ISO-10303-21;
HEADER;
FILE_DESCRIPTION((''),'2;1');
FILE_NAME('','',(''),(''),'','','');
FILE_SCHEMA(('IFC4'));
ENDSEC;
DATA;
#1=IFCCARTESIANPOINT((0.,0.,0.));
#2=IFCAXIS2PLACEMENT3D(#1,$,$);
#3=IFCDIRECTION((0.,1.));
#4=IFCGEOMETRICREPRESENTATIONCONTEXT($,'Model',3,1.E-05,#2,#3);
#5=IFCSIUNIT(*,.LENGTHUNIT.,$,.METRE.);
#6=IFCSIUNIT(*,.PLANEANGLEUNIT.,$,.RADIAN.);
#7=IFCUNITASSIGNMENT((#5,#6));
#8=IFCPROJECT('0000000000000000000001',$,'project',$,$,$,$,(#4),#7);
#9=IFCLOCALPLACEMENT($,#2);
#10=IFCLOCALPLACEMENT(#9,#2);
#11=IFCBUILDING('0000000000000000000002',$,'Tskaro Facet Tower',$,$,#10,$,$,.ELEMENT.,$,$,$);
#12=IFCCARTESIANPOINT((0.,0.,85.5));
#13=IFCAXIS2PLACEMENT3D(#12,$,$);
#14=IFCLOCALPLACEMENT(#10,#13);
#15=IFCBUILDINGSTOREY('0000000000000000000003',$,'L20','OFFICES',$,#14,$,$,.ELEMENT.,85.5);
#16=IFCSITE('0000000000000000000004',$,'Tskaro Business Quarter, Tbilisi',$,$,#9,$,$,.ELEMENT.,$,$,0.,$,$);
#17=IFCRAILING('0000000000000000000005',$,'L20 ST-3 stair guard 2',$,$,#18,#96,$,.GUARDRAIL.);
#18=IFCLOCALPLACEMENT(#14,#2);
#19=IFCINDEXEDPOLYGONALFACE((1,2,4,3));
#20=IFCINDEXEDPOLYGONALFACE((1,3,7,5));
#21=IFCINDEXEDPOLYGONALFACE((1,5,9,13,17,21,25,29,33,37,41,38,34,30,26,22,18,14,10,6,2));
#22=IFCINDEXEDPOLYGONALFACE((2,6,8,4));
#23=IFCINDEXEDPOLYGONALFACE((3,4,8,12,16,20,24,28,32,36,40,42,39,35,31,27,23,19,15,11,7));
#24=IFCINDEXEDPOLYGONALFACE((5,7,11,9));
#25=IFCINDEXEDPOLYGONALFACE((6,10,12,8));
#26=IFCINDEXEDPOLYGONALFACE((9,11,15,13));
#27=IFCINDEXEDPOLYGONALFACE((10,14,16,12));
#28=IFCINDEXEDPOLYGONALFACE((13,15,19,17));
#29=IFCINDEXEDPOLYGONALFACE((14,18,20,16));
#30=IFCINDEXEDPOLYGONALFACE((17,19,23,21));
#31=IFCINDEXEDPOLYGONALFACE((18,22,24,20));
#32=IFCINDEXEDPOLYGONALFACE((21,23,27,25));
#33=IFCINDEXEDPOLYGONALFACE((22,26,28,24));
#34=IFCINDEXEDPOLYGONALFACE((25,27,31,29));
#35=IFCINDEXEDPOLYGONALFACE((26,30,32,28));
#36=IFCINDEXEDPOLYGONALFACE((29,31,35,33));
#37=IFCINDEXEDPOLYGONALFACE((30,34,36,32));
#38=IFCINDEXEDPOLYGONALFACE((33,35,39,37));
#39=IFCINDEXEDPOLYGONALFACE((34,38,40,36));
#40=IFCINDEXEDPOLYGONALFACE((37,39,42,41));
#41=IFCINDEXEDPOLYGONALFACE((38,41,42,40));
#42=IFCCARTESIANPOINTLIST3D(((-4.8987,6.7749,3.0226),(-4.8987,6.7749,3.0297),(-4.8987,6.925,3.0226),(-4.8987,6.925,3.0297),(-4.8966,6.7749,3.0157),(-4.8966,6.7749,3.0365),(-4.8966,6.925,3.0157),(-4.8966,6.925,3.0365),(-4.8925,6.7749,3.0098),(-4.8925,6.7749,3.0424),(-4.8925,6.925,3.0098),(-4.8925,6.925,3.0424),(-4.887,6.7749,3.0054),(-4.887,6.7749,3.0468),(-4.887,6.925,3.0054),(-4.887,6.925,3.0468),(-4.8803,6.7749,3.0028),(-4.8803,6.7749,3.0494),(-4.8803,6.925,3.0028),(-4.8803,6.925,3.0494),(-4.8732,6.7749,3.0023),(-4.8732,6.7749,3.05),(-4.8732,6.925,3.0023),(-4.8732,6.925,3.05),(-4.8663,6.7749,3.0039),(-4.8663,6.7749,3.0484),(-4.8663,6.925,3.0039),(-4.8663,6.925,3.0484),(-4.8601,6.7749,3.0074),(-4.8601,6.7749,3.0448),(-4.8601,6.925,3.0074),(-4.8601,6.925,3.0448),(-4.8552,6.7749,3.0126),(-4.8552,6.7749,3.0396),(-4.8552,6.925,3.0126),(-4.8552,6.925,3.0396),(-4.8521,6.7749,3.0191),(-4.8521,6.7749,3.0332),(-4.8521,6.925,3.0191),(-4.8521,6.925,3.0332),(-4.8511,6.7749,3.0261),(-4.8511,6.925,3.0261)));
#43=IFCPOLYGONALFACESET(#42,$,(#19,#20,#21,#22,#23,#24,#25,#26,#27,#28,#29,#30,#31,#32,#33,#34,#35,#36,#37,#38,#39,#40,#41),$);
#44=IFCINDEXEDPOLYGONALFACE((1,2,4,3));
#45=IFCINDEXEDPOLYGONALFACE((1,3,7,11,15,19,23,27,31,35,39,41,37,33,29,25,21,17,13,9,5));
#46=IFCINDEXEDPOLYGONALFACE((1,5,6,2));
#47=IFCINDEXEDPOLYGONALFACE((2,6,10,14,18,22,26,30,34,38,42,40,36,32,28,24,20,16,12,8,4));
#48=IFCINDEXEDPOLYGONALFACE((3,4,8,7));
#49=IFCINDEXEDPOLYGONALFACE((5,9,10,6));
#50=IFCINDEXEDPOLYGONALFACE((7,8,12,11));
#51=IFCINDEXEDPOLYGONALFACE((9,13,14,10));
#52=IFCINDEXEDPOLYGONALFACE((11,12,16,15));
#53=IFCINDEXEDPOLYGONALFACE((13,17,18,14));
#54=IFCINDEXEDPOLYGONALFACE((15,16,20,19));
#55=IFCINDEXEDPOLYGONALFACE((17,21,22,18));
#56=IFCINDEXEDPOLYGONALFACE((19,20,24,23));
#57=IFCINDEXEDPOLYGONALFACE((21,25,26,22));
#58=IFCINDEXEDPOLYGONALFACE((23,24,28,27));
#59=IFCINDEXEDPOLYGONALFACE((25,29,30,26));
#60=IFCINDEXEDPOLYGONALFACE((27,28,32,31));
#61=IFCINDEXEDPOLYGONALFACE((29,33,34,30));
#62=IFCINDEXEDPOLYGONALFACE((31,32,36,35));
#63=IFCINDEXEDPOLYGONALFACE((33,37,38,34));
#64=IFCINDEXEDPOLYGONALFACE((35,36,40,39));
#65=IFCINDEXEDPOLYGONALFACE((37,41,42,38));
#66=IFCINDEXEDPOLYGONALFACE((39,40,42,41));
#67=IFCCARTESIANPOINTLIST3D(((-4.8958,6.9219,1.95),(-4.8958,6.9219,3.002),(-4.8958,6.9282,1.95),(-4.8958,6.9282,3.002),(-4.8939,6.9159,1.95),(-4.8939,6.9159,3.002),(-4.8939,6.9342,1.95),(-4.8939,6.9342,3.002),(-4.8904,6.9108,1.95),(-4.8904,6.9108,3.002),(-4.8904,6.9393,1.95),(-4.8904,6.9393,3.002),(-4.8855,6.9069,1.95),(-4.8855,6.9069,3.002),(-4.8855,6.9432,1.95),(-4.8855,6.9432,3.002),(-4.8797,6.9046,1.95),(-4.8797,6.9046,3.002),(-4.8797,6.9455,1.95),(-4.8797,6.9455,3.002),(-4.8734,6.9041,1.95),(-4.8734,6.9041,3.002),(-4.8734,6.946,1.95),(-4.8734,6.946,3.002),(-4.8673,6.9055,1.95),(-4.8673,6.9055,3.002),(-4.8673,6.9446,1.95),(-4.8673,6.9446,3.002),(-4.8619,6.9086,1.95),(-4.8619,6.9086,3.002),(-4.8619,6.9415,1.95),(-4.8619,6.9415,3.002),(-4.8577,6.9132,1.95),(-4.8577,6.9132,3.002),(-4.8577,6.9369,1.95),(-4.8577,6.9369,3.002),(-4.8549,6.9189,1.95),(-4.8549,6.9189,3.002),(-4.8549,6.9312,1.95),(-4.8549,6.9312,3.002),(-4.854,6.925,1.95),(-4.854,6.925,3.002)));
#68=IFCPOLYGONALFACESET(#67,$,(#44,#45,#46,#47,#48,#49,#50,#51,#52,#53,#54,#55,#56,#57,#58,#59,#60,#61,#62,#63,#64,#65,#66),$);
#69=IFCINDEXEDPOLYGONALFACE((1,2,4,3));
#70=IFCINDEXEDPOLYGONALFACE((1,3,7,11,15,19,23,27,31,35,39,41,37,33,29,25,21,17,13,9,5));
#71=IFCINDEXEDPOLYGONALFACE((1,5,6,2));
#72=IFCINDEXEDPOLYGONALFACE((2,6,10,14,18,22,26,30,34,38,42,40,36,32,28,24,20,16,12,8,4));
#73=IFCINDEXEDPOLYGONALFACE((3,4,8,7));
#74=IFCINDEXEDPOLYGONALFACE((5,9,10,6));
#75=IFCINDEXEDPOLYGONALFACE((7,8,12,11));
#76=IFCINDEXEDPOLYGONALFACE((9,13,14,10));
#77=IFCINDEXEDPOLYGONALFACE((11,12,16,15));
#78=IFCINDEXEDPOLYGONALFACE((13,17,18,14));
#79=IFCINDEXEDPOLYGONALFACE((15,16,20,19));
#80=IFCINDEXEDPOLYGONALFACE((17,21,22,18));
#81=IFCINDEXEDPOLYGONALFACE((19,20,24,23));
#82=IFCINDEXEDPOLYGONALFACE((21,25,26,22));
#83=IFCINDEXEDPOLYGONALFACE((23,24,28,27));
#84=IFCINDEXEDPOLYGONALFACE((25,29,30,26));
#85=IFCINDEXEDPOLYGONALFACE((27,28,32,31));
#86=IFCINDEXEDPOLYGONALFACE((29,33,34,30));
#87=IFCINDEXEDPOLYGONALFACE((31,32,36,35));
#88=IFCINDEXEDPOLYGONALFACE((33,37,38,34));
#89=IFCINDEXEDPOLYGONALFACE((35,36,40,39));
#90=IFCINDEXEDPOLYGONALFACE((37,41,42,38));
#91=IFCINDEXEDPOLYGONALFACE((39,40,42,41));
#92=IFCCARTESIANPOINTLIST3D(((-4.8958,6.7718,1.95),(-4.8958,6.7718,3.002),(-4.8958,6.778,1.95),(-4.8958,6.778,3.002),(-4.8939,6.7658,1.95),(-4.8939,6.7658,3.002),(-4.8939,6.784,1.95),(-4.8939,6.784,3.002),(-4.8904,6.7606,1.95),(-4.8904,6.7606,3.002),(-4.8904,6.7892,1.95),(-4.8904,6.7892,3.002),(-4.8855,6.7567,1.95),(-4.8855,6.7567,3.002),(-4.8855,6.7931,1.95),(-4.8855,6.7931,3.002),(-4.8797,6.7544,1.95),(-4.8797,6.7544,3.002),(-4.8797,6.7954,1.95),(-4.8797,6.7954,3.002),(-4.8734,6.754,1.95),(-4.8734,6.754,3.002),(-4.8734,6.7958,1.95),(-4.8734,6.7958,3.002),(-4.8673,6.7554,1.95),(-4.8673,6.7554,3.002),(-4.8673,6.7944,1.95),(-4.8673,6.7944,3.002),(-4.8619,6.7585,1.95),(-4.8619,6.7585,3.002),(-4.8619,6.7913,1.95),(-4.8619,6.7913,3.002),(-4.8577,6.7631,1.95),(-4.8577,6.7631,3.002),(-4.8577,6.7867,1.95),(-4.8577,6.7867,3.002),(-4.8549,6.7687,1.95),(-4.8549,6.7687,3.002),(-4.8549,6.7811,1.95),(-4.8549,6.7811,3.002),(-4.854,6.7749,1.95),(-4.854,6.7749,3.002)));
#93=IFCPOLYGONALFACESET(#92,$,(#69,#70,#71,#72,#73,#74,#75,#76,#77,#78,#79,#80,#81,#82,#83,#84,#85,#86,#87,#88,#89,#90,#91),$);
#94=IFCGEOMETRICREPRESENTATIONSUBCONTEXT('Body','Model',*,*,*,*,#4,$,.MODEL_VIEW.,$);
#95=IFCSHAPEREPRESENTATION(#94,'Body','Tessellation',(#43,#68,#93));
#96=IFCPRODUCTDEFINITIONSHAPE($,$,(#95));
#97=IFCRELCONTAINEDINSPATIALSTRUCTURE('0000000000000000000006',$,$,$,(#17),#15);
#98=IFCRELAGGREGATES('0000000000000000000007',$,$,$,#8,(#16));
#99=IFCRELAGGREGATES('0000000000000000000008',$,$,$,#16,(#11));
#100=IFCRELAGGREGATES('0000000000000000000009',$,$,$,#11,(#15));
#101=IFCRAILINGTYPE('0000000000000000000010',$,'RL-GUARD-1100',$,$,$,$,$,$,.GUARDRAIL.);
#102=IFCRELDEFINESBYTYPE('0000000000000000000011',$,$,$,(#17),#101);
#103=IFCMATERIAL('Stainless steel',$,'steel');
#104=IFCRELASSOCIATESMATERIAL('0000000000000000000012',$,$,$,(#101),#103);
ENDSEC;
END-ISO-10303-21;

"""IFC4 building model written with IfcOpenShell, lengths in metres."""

from ifc_helpers import new_model, si_unit, direction, frame, origin, origin_2d, place, context, subcontext, project, spatial, circle, extrude, material, type_object, element, save


model = new_model("IFC4")

# Units and contexts
model_context = context("Model", 3, precision=1e-05, world=origin(), true_north=direction((0.0, 1.0)))
body_context = subcontext(model_context, "Body", "Model", "MODEL_VIEW")
ifc_project = project(units=[si_unit("LENGTHUNIT", "METRE"), si_unit("PLANEANGLEUNIT", "RADIAN")], contexts=[model_context])

# Site, building, storey
site_placement = place(None, origin())
site = spatial("IfcSite", under=ifc_project, at=site_placement, Name="Tskaro Business Quarter, Tbilisi", CompositionType="ELEMENT", RefElevation=0.0)
building_placement = place(site_placement, origin())
building = spatial("IfcBuilding", under=site, at=building_placement, Name="Tskaro Facet Tower", CompositionType="ELEMENT")
storey_placement = place(building_placement, frame((0.0, 0.0, 85.5)))
storey = spatial("IfcBuildingStorey", under=building, at=storey_placement, Name="L20", Description="OFFICES", CompositionType="ELEMENT", Elevation=85.5)

# Railing
ifc_material_1 = material(Name="Stainless steel", Category="steel")
railing_type_1 = type_object("IfcRailingType", Name="RL-GUARD-1100", PredefinedType="GUARDRAIL", material=ifc_material_1)
railing_1_placement = place(storey_placement, frame((-4.875, 6.925, 1.95)))
element("IfcRailing", 1, at=railing_1_placement, inside=storey, type_object=railing_type_1, Name="L20 ST-3 stair guard 2", PredefinedType="GUARDRAIL", context=body_context, shape_type="SweptSolid", body=[
    extrude(circle(Radius=0.0239, at=origin_2d()), frame((0.0, 0.0, 1.0762), z_axis=(0.0, -1.0, 0.0), x_axis=(1.0, 0.0, 0.0)), (0.0, 0.0, 1.0), 0.1501),
    extrude(circle(Radius=0.021, at=origin_2d()), origin(), (0.0, 0.0, 1.0), 1.052),
    extrude(circle(Radius=0.021, at=origin_2d()), frame((0.0, -0.1501, 0.0)), (0.0, 0.0, 1.0), 1.052),
])

save(model, "model.ifc")
